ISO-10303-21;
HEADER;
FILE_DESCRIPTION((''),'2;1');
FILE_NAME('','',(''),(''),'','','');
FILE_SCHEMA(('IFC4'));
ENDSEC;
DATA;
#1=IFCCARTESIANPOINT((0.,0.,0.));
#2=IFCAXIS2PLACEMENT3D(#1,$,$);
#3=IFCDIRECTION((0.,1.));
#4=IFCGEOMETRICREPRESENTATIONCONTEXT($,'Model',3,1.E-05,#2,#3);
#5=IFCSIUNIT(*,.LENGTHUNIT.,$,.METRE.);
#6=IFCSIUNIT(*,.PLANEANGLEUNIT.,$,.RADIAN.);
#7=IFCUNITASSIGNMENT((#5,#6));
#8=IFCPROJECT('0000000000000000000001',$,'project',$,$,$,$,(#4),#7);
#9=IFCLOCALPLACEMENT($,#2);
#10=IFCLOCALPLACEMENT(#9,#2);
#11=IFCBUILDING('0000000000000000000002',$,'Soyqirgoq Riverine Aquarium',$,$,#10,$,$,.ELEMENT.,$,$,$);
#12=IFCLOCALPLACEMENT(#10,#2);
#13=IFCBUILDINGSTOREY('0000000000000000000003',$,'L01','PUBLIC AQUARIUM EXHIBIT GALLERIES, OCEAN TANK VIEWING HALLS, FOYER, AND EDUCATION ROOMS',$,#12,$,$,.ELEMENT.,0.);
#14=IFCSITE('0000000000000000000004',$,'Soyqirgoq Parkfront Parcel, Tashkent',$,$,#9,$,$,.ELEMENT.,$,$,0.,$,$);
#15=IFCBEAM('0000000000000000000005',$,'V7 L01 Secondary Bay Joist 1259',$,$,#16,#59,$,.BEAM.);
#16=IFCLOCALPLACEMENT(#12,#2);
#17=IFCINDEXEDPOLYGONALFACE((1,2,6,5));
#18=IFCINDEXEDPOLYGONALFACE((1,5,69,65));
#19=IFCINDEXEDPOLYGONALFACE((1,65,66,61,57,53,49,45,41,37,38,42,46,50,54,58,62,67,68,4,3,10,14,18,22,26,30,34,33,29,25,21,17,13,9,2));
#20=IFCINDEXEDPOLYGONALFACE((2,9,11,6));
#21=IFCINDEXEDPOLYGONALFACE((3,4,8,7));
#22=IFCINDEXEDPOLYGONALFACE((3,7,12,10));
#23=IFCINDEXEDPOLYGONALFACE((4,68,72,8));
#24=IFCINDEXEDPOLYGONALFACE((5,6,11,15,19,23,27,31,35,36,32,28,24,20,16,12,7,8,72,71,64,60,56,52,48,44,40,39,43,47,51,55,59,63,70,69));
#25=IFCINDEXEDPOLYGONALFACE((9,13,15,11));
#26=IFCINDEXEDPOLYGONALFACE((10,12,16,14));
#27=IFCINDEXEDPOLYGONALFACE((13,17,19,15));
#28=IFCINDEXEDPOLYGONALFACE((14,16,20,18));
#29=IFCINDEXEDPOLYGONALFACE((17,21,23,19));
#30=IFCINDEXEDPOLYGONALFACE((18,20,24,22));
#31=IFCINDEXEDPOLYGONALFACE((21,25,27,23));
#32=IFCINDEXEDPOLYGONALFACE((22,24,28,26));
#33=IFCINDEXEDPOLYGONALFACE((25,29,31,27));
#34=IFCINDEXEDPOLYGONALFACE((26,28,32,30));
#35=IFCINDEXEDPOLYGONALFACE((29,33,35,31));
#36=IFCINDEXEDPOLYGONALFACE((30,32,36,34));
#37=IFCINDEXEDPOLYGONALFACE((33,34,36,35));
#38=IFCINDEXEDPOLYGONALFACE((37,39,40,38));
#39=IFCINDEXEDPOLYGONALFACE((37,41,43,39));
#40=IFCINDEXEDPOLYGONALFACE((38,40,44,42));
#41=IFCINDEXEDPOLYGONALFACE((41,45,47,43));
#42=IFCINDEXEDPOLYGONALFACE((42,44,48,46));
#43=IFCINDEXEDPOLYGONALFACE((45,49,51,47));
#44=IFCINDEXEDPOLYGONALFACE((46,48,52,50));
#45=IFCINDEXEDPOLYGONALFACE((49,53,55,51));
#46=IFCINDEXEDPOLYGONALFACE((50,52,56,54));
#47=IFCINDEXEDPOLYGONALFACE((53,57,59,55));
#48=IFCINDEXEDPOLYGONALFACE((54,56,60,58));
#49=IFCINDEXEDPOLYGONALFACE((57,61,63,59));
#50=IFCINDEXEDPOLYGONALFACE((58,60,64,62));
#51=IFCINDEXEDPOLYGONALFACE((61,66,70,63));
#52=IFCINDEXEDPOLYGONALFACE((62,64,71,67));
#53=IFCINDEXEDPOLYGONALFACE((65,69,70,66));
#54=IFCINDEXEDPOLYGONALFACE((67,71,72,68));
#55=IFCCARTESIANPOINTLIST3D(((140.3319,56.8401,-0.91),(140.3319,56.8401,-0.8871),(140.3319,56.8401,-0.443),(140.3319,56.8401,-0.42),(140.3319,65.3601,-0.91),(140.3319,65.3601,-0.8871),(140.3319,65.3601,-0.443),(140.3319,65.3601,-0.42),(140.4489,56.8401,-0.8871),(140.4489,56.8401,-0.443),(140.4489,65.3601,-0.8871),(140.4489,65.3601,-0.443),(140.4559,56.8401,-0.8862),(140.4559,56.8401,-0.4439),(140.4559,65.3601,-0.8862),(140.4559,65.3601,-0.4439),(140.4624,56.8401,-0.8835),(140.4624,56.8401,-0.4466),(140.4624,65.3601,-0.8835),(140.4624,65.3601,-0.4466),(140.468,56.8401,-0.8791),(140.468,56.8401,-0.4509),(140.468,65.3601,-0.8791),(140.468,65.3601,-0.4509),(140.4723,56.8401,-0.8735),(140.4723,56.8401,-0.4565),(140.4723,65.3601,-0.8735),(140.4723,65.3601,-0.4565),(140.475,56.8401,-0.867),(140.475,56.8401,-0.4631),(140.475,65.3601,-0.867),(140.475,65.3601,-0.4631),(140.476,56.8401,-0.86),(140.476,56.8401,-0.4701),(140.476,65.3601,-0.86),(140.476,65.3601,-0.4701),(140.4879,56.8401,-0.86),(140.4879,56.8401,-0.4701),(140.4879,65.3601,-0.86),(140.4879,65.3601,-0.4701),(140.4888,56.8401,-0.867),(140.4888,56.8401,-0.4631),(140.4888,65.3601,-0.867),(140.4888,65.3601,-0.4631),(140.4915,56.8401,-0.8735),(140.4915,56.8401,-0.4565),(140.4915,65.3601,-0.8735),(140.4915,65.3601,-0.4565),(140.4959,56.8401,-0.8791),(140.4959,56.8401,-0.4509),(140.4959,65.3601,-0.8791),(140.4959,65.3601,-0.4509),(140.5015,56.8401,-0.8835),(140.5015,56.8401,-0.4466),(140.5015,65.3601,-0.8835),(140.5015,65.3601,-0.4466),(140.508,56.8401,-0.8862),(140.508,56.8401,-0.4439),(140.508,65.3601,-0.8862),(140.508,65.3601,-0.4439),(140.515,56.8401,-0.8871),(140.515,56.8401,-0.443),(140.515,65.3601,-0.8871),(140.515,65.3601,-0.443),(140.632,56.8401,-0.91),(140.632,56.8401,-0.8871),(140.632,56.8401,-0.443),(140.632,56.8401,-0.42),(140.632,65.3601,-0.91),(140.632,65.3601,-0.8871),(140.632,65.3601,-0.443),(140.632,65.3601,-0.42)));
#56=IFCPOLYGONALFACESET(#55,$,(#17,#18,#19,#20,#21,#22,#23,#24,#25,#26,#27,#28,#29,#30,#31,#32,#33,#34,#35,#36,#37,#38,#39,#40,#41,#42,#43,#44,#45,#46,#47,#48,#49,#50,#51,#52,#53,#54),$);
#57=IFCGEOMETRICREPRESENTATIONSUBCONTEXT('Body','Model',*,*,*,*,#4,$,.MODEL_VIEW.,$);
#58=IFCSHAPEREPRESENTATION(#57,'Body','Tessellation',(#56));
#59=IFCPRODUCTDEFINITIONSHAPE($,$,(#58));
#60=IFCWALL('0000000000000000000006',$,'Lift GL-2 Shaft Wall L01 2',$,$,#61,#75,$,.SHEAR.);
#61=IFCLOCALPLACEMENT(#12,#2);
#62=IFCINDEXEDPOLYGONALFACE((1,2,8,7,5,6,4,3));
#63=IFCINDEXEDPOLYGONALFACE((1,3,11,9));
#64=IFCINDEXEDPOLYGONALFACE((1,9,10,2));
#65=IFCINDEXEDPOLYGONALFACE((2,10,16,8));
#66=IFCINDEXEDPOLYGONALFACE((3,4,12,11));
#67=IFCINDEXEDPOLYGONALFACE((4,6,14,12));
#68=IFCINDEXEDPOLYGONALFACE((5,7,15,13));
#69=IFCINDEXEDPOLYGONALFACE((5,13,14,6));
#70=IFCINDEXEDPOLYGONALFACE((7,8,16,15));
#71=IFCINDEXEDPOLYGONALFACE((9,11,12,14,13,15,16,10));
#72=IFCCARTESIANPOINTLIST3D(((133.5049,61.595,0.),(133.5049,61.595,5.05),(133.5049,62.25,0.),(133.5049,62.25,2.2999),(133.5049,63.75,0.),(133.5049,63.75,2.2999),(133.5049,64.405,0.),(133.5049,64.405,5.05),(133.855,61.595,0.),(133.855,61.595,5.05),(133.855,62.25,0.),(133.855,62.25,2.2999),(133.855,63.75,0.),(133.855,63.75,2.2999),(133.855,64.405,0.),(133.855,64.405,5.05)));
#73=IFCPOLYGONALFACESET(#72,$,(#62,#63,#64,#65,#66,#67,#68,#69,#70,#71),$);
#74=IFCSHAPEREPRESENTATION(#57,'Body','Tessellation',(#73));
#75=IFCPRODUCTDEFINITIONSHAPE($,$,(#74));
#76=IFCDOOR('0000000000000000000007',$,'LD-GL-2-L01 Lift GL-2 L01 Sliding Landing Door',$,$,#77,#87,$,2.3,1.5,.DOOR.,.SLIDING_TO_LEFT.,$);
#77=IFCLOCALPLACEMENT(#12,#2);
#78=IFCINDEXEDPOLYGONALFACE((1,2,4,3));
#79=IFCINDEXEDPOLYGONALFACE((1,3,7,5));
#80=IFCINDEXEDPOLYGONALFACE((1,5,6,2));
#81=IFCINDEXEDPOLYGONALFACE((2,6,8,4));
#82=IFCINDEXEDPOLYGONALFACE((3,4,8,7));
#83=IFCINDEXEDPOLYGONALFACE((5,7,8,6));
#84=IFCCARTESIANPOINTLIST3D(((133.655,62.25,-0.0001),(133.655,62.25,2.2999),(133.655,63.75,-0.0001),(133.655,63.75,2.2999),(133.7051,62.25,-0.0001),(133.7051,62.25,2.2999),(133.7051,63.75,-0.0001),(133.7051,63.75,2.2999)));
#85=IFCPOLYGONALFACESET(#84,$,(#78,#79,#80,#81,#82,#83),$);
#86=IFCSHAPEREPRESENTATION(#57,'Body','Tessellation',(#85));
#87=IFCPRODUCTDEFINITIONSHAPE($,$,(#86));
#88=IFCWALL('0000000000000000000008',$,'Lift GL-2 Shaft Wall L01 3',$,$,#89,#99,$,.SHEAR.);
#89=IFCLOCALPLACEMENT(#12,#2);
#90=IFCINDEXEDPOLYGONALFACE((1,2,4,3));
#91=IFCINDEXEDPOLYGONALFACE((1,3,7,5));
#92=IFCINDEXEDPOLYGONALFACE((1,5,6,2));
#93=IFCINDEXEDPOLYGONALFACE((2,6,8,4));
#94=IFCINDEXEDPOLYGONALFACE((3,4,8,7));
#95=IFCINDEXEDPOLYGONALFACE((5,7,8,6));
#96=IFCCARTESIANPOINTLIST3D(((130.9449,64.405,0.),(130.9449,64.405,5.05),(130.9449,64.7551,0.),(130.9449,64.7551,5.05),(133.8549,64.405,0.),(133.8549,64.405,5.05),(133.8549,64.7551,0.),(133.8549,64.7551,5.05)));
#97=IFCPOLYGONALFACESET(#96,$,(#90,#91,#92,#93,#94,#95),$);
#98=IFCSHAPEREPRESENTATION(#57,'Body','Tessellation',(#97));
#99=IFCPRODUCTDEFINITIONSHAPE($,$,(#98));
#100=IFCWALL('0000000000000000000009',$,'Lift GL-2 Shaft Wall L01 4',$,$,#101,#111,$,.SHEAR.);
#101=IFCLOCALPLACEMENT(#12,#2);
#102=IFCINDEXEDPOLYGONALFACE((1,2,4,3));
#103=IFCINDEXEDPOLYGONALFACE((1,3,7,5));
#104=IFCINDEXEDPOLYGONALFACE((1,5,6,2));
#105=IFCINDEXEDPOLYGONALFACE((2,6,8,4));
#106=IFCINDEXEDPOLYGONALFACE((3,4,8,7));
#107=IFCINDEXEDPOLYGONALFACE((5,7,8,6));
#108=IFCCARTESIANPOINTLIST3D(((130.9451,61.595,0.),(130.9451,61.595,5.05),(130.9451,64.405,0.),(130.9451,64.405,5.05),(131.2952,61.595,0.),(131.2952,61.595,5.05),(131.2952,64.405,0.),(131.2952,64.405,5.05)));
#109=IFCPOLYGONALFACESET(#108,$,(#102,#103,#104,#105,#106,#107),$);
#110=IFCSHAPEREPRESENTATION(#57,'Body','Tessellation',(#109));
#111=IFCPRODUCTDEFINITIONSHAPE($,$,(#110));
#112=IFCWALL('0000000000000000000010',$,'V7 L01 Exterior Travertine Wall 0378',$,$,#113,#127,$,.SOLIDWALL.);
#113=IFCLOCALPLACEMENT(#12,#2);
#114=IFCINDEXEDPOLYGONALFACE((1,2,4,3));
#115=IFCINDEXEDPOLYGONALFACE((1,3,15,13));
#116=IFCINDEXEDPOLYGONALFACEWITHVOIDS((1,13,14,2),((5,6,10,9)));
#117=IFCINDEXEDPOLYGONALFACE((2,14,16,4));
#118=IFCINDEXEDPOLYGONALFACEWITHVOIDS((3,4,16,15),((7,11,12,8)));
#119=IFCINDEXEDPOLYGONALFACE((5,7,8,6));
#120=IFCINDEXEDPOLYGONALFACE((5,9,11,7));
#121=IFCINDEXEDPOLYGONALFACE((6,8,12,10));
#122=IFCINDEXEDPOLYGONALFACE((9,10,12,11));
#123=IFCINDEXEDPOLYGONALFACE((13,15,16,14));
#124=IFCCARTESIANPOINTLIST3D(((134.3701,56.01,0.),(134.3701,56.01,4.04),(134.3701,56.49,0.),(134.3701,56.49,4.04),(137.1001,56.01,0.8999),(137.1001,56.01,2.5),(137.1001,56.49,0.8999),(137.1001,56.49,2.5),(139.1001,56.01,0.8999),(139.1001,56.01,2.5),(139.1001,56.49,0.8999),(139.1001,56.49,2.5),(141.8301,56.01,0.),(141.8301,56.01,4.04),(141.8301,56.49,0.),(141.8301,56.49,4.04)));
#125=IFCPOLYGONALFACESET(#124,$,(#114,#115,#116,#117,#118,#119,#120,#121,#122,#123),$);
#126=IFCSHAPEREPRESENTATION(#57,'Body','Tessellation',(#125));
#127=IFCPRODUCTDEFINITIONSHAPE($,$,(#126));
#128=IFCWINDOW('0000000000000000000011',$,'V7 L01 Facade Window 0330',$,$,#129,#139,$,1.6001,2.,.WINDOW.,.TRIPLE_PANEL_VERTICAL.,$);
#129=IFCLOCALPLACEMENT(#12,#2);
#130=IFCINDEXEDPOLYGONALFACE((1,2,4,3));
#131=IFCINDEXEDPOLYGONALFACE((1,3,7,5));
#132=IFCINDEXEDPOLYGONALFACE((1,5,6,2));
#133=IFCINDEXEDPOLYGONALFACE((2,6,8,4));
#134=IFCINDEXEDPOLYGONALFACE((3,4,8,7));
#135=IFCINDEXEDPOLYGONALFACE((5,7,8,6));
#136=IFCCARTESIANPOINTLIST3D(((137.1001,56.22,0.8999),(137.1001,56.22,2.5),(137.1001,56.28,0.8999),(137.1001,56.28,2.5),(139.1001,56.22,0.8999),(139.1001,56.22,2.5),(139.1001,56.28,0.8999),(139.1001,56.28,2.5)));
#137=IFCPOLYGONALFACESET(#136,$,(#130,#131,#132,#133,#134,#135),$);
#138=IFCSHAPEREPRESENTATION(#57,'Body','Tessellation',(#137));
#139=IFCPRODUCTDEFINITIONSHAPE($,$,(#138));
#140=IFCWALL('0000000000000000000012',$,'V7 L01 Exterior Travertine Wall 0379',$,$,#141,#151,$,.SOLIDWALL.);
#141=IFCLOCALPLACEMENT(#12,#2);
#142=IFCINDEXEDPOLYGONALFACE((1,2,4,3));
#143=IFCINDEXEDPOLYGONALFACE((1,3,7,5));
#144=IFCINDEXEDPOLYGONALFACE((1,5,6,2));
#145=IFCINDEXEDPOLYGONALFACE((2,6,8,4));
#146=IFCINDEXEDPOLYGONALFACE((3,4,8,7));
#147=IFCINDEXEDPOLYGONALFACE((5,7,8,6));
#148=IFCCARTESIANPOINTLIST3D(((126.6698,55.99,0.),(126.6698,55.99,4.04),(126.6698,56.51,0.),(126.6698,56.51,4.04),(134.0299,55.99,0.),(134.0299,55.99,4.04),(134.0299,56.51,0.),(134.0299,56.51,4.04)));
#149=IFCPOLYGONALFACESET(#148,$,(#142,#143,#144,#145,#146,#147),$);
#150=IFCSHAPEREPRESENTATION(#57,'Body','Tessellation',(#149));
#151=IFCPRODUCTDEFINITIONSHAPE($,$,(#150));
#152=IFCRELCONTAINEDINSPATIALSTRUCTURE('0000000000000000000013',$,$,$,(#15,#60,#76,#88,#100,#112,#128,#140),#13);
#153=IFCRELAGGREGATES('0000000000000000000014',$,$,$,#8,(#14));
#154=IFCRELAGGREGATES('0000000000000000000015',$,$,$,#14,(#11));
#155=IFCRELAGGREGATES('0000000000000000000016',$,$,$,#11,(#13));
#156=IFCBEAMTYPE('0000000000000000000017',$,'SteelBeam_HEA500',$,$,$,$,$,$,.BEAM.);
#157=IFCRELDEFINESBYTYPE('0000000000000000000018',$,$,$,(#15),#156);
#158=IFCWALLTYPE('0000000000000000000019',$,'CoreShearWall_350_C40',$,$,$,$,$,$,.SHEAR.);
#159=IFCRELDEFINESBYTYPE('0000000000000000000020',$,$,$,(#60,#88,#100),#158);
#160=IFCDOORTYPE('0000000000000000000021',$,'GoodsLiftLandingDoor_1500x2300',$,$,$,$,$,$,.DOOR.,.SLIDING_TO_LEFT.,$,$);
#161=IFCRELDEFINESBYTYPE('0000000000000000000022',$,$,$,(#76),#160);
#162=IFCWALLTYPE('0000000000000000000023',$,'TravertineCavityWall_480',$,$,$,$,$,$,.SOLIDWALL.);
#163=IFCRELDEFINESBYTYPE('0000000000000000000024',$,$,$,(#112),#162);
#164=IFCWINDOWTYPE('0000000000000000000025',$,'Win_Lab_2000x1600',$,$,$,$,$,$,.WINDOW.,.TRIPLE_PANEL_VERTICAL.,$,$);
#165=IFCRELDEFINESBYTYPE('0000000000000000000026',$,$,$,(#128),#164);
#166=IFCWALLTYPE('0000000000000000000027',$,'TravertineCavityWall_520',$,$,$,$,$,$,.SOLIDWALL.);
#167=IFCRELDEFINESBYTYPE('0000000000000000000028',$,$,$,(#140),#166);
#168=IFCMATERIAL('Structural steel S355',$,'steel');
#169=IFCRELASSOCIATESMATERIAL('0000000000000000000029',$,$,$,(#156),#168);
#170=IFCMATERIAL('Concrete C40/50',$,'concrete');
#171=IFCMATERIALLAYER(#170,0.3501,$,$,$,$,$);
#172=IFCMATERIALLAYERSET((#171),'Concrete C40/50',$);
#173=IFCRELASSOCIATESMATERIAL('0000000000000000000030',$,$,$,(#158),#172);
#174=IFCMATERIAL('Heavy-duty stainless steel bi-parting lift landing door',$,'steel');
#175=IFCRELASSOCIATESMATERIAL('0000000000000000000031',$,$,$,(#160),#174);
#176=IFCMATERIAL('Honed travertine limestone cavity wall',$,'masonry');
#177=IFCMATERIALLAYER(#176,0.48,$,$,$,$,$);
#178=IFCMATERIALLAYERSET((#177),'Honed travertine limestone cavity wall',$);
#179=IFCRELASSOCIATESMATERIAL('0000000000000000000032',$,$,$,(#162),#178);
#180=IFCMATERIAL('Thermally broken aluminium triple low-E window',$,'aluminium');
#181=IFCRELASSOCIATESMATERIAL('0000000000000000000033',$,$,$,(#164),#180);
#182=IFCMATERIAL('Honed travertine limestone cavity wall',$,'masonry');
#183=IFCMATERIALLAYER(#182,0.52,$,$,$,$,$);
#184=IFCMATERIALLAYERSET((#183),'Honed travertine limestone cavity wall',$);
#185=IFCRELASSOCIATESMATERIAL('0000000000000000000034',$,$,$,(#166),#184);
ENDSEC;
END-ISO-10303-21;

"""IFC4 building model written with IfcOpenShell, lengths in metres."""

from ifc_helpers import new_model, si_unit, direction, frame, frame_2d, origin, origin_2d, place, context, subcontext, project, spatial, rectangle, i_section, extrude, material, layer, layer_set, material_profile, profile_set, type_object, element, fill, save


model = new_model("IFC4")

# Units and contexts
model_context = context("Model", 3, precision=1e-05, world=origin(), true_north=direction((0.0, 1.0)))
body_context = subcontext(model_context, "Body", "Model", "MODEL_VIEW")
ifc_project = project(units=[si_unit("LENGTHUNIT", "METRE"), si_unit("PLANEANGLEUNIT", "RADIAN")], contexts=[model_context])

# Site, building, storey
site_placement = place(None, origin())
site = spatial("IfcSite", under=ifc_project, at=site_placement, Name="Soyqirgoq Parkfront Parcel, Tashkent", CompositionType="ELEMENT", RefElevation=0.0)
building_placement = place(site_placement, origin())
building = spatial("IfcBuilding", under=site, at=building_placement, Name="Soyqirgoq Riverine Aquarium", CompositionType="ELEMENT")
storey_placement = place(building_placement, origin())
storey = spatial("IfcBuildingStorey", under=building, at=storey_placement, Name="L01", Description="PUBLIC AQUARIUM EXHIBIT GALLERIES, OCEAN TANK VIEWING HALLS, FOYER, AND EDUCATION ROOMS", CompositionType="ELEMENT", Elevation=0.0)

# Beam
ifc_material_1 = material(Name="Structural steel S355", Category="steel")
ifc_material_profile_1 = material_profile(ifc_material_1, i_section(OverallWidth=0.3, OverallDepth=0.49, WebThickness=0.012, FlangeThickness=0.0229, FilletRadius=0.0271, at=origin_2d()), Name="HEA 500")
ifc_profile_set_1 = profile_set([ifc_material_profile_1], Name="Structural steel S355")
beam_type_1 = type_object("IfcBeamType", Name="SteelBeam_HEA500", PredefinedType="BEAM", material=ifc_profile_set_1)
beam_1_placement = place(storey_placement, frame((140.4819, 56.8401, -0.665), z_axis=(0.0, 1.0, 0.0), x_axis=(-1.0, 0.0, 0.0)))
element("IfcBeam", 1, at=beam_1_placement, inside=storey, type_object=beam_type_1, Name="V7 L01 Secondary Bay Joist 1259", PredefinedType="BEAM", context=body_context, shape_type="SweptSolid", body=[
    extrude(i_section(OverallWidth=0.3, OverallDepth=0.49, WebThickness=0.012, FlangeThickness=0.0229, FilletRadius=0.0271, at=origin_2d()), origin(), (0.0, 0.0, 1.0), 8.52),
])

# Wall, opening, door
ifc_material_2 = material(Name="Concrete C40/50", Category="concrete")
ifc_layer_1 = layer(ifc_material_2, 0.3501)
ifc_layer_set_1 = layer_set([ifc_layer_1], Name="Concrete C40/50")
wall_type_1 = type_object("IfcWallType", Name="CoreShearWall_350_C40", PredefinedType="SHEAR", material=ifc_layer_set_1)
wall_1_placement = place(storey_placement, frame((133.6799, 61.595, 0.0), z_axis=(0.0, 0.0, 1.0), x_axis=(0.0, 1.0, 0.0)))
wall_1 = element("IfcWall", 2, at=wall_1_placement, inside=storey, type_object=wall_type_1, Name="Lift GL-2 Shaft Wall L01 2", PredefinedType="SHEAR", context=body_context, shape_type="SweptSolid", body=[
    extrude(rectangle(XDim=2.8101, YDim=0.3501, at=frame_2d((1.405, 0.0))), origin(), (0.0, 0.0, 1.0), 5.05),
])
opening_1_placement = place(wall_1_placement, frame((0.655, 0.0, 0.0)))
opening_1 = element("IfcOpeningElement", 3, at=opening_1_placement, cuts=wall_1, PredefinedType="OPENING", context=body_context, shape_type="SweptSolid", body=[
    extrude(rectangle(XDim=1.5, YDim=2.3, at=frame_2d((0.75, 1.1499))), frame((0.0, 0.1851, 0.0), z_axis=(0.0, -1.0, 0.0), x_axis=(1.0, 0.0, 0.0)), (0.0, 0.0, 1.0), 0.3701),
])
ifc_material_3 = material(Name="Heavy-duty stainless steel bi-parting lift landing door", Category="steel")
door_type = type_object("IfcDoorType", Name="GoodsLiftLandingDoor_1500x2300", OperationType="SLIDING_TO_LEFT", PredefinedType="DOOR", material=ifc_material_3)
door_placement = place(opening_1_placement, origin())
door = element("IfcDoor", 4, at=door_placement, inside=storey, type_object=door_type, Name="LD-GL-2-L01 Lift GL-2 L01 Sliding Landing Door", OperationType="SLIDING_TO_LEFT", OverallHeight=2.3, OverallWidth=1.5, PredefinedType="DOOR", context=body_context, shape_type="SweptSolid", body=[
    extrude(rectangle(XDim=1.5, YDim=2.3, at=frame_2d((0.75, 1.1499))), frame((0.0, 0.0249, 0.0), z_axis=(0.0, -1.0, 0.0), x_axis=(1.0, 0.0, 0.0)), (0.0, 0.0, 1.0), 0.05),
])
fill(opening_1, door)

# Walls
wall_2_placement = place(storey_placement, frame((133.855, 64.5801, 0.0), z_axis=(0.0, 0.0, 1.0), x_axis=(-1.0, 0.0, 0.0)))
element("IfcWall", 5, at=wall_2_placement, inside=storey, type_object=wall_type_1, Name="Lift GL-2 Shaft Wall L01 3", PredefinedType="SHEAR", context=body_context, shape_type="SweptSolid", body=[
    extrude(rectangle(XDim=2.9099, YDim=0.3501, at=frame_2d((1.4551, 0.0))), origin(), (0.0, 0.0, 1.0), 5.05),
])
wall_3_placement = place(storey_placement, frame((131.1201, 64.405, 0.0), z_axis=(0.0, 0.0, 1.0), x_axis=(0.0, -1.0, 0.0)))
element("IfcWall", 6, at=wall_3_placement, inside=storey, type_object=wall_type_1, Name="Lift GL-2 Shaft Wall L01 4", PredefinedType="SHEAR", context=body_context, shape_type="SweptSolid", body=[
    extrude(rectangle(XDim=2.8101, YDim=0.3501, at=frame_2d((1.405, 0.0))), origin(), (0.0, 0.0, 1.0), 5.05),
])

# Wall, opening, window
ifc_material_4 = material(Name="Honed travertine limestone cavity wall", Category="masonry")
ifc_layer_2 = layer(ifc_material_4, 0.48)
ifc_layer_set_2 = layer_set([ifc_layer_2], Name="Honed travertine limestone cavity wall")
wall_type_2 = type_object("IfcWallType", Name="TravertineCavityWall_480", PredefinedType="SOLIDWALL", material=ifc_layer_set_2)
wall_4_placement = place(storey_placement, frame((141.8301, 56.25, 0.0), z_axis=(0.0, 0.0, 1.0), x_axis=(-1.0, 0.0, 0.0)))
wall_4 = element("IfcWall", 7, at=wall_4_placement, inside=storey, type_object=wall_type_2, Name="V7 L01 Exterior Travertine Wall 0378", PredefinedType="SOLIDWALL", context=body_context, shape_type="SweptSolid", body=[
    extrude(rectangle(XDim=7.46, YDim=0.48, at=frame_2d((3.73, 0.0))), origin(), (0.0, 0.0, 1.0), 4.04),
])
opening_2_placement = place(wall_4_placement, frame((2.73, 0.0, 0.8999)))
opening_2 = element("IfcOpeningElement", 8, at=opening_2_placement, cuts=wall_4, PredefinedType="OPENING", context=body_context, shape_type="SweptSolid", body=[
    extrude(rectangle(XDim=2.0, YDim=1.6001, at=frame_2d((1.0, 0.8))), frame((0.0, 0.25, 0.0), z_axis=(0.0, -1.0, 0.0), x_axis=(1.0, 0.0, 0.0)), (0.0, 0.0, 1.0), 0.5),
])
ifc_material_5 = material(Name="Thermally broken aluminium triple low-E window", Category="aluminium")
window_type = type_object("IfcWindowType", Name="Win_Lab_2000x1600", PartitioningType="TRIPLE_PANEL_VERTICAL", PredefinedType="WINDOW", material=ifc_material_5)
window_placement = place(opening_2_placement, origin())
window = element("IfcWindow", 9, at=window_placement, inside=storey, type_object=window_type, Name="V7 L01 Facade Window 0330", OverallHeight=1.6001, OverallWidth=2.0, PartitioningType="TRIPLE_PANEL_VERTICAL", PredefinedType="WINDOW", context=body_context, shape_type="SweptSolid", body=[
    extrude(rectangle(XDim=2.0, YDim=1.6001, at=frame_2d((1.0, 0.8))), frame((0.0, 0.03, 0.0), z_axis=(0.0, -1.0, 0.0), x_axis=(1.0, 0.0, 0.0)), (0.0, 0.0, 1.0), 0.0601),
])
fill(opening_2, window)

# Wall
ifc_material_6 = material(Name="Honed travertine limestone cavity wall", Category="masonry")
ifc_layer_3 = layer(ifc_material_6, 0.52)
ifc_layer_set_3 = layer_set([ifc_layer_3], Name="Honed travertine limestone cavity wall")
wall_type_3 = type_object("IfcWallType", Name="TravertineCavityWall_520", PredefinedType="SOLIDWALL", material=ifc_layer_set_3)
wall_5_placement = place(storey_placement, frame((134.03, 56.25, 0.0), z_axis=(0.0, 0.0, 1.0), x_axis=(-1.0, 0.0, 0.0)))
element("IfcWall", 10, at=wall_5_placement, inside=storey, type_object=wall_type_3, Name="V7 L01 Exterior Travertine Wall 0379", PredefinedType="SOLIDWALL", context=body_context, shape_type="SweptSolid", body=[
    extrude(rectangle(XDim=7.3601, YDim=0.52, at=frame_2d((3.6802, 0.0))), origin(), (0.0, 0.0, 1.0), 4.04),
])

save(model, "model.ifc")
